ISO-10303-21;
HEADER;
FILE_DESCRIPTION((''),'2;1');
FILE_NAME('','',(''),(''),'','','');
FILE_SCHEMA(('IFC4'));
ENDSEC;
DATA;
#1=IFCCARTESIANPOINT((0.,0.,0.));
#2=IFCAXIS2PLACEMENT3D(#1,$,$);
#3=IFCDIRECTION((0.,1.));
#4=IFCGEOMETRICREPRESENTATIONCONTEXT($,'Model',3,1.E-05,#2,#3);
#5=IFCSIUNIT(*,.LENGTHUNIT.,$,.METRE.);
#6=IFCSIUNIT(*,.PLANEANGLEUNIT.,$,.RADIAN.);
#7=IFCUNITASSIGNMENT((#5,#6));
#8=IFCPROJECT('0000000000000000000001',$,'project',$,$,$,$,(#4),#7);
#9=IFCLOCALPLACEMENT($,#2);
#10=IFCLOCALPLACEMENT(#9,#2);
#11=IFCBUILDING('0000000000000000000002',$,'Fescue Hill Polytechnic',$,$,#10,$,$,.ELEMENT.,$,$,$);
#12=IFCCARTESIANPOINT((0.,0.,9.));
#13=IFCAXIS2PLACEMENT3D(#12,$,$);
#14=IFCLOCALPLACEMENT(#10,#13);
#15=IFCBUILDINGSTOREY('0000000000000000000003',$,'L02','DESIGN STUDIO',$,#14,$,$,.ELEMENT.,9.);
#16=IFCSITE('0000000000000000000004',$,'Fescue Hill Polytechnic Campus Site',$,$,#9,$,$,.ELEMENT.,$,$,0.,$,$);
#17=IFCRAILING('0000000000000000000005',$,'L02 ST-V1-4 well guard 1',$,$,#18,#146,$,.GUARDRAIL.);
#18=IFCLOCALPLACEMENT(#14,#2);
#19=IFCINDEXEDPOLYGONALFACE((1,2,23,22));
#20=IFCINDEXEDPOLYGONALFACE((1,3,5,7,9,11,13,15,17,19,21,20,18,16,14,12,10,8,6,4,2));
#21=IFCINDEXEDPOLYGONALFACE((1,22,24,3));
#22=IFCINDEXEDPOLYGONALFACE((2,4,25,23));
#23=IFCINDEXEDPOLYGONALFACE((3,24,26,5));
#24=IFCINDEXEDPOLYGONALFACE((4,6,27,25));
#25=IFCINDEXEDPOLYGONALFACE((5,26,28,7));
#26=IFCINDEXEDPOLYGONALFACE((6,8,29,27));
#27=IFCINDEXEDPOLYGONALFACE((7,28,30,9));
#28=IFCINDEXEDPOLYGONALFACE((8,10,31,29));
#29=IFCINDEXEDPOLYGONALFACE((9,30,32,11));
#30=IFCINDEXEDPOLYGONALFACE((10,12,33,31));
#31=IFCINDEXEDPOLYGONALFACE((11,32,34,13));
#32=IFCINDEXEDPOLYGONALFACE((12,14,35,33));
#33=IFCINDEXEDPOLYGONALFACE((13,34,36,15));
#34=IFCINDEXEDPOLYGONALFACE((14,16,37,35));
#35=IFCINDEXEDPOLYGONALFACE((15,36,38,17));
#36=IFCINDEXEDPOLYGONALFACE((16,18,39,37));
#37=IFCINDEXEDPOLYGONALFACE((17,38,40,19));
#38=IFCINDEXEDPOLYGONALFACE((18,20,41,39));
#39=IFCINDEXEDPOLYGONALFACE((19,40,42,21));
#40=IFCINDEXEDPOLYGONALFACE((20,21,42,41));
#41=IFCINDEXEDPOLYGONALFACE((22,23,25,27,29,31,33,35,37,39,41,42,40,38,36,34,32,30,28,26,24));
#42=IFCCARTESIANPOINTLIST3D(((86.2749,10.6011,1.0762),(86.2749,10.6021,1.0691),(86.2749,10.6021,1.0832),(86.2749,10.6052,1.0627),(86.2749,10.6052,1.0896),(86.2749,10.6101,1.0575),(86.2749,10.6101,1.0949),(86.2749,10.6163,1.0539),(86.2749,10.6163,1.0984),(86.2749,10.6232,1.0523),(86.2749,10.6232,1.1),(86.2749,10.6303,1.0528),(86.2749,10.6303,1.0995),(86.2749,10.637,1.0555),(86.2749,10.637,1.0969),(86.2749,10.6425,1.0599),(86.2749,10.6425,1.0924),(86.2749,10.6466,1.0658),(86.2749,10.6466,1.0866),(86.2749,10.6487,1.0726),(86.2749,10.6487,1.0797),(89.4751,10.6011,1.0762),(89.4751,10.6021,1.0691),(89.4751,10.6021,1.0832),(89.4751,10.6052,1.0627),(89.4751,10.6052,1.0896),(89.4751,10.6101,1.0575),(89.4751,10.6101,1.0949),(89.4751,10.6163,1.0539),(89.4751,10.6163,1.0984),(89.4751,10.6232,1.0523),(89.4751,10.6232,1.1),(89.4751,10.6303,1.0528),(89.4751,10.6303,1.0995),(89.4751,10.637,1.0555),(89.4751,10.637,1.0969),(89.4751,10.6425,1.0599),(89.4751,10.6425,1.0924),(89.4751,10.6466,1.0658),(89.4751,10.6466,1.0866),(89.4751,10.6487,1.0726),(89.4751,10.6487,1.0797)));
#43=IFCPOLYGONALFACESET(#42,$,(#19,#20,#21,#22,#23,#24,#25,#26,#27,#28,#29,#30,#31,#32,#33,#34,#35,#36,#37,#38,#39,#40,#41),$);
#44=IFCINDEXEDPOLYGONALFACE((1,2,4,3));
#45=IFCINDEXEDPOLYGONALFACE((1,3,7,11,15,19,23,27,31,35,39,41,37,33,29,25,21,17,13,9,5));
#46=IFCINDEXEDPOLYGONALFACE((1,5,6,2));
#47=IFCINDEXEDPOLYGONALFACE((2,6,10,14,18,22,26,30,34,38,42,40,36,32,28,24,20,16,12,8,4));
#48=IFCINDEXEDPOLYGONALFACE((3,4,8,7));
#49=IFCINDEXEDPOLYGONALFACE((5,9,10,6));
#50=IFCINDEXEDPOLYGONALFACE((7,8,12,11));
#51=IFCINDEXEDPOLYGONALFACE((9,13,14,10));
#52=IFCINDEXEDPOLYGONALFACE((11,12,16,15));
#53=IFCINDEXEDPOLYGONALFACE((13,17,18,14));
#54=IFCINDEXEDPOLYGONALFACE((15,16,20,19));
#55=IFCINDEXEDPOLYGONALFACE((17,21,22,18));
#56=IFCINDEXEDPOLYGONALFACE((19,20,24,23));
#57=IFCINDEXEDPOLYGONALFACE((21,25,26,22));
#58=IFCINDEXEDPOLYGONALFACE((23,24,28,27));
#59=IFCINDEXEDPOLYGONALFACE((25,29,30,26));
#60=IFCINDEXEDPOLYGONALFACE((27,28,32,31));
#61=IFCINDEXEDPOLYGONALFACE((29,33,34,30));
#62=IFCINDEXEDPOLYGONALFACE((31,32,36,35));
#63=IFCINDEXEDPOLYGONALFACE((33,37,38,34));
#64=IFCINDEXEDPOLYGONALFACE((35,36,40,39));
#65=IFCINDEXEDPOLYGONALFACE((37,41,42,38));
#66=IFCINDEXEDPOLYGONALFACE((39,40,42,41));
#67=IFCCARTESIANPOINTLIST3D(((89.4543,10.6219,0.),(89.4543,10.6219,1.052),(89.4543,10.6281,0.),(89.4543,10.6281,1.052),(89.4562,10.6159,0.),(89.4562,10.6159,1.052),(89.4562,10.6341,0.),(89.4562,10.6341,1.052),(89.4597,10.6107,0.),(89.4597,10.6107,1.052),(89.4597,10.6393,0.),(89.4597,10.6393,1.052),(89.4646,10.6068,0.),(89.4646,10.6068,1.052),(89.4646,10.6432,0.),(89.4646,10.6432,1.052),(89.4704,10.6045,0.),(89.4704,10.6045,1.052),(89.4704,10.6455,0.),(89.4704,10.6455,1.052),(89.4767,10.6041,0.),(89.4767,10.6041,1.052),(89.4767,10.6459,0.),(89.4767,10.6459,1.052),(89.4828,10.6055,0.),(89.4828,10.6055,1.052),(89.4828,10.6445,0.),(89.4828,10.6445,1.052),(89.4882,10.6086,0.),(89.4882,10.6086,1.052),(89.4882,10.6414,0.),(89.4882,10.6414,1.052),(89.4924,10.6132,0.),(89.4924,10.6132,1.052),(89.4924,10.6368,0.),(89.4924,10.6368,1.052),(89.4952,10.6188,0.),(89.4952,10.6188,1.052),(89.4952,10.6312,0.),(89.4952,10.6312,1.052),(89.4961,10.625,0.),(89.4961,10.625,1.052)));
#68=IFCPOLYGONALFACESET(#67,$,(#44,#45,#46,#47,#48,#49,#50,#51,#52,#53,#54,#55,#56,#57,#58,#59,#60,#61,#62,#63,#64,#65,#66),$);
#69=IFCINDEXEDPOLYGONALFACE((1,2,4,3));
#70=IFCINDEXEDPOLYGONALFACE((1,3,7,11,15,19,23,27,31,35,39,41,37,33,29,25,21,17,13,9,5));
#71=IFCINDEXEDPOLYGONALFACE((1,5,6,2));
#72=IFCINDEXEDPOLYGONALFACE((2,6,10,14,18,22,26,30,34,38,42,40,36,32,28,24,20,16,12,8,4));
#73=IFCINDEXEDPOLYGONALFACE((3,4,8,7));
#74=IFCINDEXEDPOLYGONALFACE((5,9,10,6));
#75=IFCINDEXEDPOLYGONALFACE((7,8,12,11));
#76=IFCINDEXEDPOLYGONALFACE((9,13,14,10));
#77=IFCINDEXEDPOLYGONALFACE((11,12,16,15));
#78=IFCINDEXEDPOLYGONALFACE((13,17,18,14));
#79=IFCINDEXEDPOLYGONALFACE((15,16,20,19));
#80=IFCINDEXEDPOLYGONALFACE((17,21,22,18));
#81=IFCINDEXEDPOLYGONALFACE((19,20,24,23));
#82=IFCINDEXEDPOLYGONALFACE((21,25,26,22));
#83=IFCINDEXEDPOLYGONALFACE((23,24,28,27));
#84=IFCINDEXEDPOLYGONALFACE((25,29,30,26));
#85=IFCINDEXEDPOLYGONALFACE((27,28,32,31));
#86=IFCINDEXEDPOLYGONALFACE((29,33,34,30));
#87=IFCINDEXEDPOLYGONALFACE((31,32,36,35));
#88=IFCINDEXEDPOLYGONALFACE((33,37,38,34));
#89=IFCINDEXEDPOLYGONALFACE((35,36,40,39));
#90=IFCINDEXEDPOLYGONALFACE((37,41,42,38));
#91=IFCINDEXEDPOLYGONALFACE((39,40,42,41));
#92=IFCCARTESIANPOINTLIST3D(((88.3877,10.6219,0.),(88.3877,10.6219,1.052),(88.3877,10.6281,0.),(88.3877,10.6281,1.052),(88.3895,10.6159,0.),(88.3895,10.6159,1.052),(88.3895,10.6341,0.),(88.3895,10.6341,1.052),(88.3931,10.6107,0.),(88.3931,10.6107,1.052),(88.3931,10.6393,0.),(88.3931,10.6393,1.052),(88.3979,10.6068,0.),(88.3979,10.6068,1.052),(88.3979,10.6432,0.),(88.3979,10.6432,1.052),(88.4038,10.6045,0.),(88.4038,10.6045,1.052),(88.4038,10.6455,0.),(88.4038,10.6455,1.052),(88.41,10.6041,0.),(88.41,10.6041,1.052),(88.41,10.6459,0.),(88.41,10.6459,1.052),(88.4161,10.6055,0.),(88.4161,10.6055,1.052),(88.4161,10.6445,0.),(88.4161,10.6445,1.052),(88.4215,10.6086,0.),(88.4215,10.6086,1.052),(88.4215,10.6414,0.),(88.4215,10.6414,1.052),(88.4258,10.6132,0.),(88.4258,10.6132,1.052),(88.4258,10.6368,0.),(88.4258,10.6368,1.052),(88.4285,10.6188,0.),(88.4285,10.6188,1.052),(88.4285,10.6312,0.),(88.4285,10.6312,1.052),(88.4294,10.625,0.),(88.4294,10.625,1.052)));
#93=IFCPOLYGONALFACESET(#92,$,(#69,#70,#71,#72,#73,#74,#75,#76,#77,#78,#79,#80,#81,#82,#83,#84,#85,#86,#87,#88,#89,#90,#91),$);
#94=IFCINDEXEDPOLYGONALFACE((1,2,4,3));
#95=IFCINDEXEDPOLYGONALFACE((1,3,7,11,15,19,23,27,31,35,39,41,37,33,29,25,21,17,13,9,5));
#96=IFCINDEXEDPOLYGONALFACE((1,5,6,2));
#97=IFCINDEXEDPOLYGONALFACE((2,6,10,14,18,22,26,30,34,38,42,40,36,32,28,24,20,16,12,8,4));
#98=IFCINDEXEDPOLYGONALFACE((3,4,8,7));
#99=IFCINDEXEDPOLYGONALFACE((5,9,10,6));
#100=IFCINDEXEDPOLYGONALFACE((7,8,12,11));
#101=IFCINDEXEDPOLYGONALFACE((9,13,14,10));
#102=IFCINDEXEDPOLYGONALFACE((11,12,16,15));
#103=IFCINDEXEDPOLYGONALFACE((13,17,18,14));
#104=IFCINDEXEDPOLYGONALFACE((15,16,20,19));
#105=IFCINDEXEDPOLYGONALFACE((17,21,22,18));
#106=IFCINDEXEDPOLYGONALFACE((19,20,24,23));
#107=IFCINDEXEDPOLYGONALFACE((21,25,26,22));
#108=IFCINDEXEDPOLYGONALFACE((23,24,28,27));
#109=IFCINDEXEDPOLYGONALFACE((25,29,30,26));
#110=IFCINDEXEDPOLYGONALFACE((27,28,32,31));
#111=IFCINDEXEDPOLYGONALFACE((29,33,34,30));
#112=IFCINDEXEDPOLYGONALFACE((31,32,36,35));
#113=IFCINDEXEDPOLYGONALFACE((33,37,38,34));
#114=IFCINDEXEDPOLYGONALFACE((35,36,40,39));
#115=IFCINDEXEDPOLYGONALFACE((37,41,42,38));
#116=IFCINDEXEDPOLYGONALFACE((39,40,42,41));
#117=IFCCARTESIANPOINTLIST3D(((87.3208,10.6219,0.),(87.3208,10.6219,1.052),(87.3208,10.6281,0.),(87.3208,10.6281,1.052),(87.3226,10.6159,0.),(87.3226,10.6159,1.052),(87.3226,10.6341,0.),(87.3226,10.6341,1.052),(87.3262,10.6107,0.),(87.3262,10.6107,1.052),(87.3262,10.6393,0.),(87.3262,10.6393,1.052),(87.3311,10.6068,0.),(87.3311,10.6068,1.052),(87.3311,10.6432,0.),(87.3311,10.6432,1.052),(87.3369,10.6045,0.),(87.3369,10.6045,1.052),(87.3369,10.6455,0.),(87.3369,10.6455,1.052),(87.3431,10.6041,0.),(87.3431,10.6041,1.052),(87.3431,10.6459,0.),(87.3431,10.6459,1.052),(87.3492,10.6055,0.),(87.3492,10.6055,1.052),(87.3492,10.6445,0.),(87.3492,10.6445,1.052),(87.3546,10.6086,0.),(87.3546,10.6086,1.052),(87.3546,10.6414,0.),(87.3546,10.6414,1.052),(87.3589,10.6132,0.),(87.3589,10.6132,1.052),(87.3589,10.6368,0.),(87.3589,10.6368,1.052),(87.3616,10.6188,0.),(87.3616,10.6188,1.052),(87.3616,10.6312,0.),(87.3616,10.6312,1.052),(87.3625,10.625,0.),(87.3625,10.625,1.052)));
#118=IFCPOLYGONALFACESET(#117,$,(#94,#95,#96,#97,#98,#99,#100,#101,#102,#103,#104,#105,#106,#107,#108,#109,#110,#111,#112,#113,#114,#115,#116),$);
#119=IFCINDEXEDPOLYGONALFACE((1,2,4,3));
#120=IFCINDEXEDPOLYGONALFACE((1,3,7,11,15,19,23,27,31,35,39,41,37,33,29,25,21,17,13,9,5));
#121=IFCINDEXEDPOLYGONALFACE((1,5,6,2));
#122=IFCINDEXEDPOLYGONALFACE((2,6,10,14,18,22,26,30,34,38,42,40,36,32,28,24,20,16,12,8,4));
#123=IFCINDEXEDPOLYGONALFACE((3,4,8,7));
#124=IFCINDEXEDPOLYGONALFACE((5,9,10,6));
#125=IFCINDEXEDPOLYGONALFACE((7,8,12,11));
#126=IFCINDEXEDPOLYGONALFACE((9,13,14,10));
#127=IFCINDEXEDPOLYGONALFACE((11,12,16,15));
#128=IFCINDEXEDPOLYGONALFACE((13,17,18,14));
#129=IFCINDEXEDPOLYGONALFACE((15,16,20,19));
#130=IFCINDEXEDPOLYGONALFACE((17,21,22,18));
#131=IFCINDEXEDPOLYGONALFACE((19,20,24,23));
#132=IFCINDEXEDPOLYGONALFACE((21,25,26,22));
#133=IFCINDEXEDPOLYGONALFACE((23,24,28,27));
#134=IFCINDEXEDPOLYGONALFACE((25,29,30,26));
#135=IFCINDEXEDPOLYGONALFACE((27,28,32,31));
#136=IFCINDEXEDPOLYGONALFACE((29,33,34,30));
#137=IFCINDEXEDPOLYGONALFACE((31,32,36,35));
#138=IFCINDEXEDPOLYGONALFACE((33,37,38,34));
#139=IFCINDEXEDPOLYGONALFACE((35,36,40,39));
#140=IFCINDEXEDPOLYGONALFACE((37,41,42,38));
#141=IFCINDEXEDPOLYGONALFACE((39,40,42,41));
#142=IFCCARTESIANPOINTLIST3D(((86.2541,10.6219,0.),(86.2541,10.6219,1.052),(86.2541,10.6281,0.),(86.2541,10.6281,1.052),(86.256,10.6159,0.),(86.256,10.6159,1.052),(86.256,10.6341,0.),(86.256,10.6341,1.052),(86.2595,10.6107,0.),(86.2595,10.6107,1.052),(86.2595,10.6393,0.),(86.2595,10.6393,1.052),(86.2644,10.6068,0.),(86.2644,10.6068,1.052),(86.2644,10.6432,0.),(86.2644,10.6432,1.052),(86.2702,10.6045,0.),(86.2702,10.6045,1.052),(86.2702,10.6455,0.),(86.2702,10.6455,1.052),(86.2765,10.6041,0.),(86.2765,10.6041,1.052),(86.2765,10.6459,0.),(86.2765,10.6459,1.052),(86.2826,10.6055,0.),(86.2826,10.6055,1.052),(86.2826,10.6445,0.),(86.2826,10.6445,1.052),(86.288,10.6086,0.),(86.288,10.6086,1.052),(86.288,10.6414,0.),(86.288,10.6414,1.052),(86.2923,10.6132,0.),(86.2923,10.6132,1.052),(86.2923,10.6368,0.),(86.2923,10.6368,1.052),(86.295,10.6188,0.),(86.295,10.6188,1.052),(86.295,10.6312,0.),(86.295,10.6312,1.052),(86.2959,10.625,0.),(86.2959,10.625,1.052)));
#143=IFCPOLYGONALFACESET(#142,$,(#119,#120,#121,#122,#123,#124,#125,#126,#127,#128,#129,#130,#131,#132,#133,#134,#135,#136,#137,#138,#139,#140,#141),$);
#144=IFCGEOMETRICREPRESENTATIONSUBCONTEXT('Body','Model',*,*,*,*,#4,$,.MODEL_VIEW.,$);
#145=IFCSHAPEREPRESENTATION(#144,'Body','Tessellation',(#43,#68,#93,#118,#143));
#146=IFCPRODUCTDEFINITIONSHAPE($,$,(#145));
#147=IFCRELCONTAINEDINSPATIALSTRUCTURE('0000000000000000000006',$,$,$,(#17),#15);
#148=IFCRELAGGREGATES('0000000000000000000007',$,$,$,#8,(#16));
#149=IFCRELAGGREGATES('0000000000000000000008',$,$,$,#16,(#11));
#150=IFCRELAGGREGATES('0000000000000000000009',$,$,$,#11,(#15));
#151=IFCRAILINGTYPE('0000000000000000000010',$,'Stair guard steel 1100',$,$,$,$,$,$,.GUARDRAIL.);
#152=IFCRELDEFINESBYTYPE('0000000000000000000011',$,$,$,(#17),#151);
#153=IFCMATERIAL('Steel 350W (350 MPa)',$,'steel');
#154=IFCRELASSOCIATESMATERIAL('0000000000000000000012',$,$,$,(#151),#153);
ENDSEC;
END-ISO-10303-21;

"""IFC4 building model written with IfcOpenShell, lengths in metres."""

from ifc_helpers import new_model, si_unit, direction, frame, origin, origin_2d, place, context, subcontext, project, spatial, circle, extrude, material, type_object, element, save


model = new_model("IFC4")

# Units and contexts
model_context = context("Model", 3, precision=1e-05, world=origin(), true_north=direction((0.0, 1.0)))
body_context = subcontext(model_context, "Body", "Model", "MODEL_VIEW")
ifc_project = project(units=[si_unit("LENGTHUNIT", "METRE"), si_unit("PLANEANGLEUNIT", "RADIAN")], contexts=[model_context])

# Site, building, storey
site_placement = place(None, origin())
site = spatial("IfcSite", under=ifc_project, at=site_placement, Name="Fescue Hill Polytechnic Campus Site", CompositionType="ELEMENT", RefElevation=0.0)
building_placement = place(site_placement, origin())
building = spatial("IfcBuilding", under=site, at=building_placement, Name="Fescue Hill Polytechnic", CompositionType="ELEMENT")
storey_placement = place(building_placement, frame((0.0, 0.0, 9.0)))
storey = spatial("IfcBuildingStorey", under=building, at=storey_placement, Name="L02", Description="DESIGN STUDIO", CompositionType="ELEMENT", Elevation=9.0)

# Shared definitions
ifc_material_1 = material(Name="Steel 350W (350 MPa)", Category="steel")

# Railing
railing_type = type_object("IfcRailingType", Name="Stair guard steel 1100", PredefinedType="GUARDRAIL", material=ifc_material_1)
railing_placement = place(storey_placement, frame((89.4751, 10.625, 0.0)))
element("IfcRailing", 1, at=railing_placement, inside=storey, type_object=railing_type, Name="L02 ST-V1-4 well guard 1", PredefinedType="GUARDRAIL", context=body_context, shape_type="SweptSolid", body=[
    extrude(circle(Radius=0.0239, at=origin_2d()), frame((0.0, 0.0, 1.0762), z_axis=(-1.0, 0.0, 0.0), x_axis=(0.0, -1.0, 0.0)), (0.0, 0.0, 1.0), 3.2002),
    extrude(circle(Radius=0.021, at=origin_2d()), origin(), (0.0, 0.0, 1.0), 1.052),
    extrude(circle(Radius=0.021, at=origin_2d()), frame((-1.0667, 0.0, 0.0)), (0.0, 0.0, 1.0), 1.052),
    extrude(circle(Radius=0.021, at=origin_2d()), frame((-2.1335, 0.0, 0.0)), (0.0, 0.0, 1.0), 1.052),
    extrude(circle(Radius=0.021, at=origin_2d()), frame((-3.2002, 0.0, 0.0)), (0.0, 0.0, 1.0), 1.052),
])

save(model, "model.ifc")
